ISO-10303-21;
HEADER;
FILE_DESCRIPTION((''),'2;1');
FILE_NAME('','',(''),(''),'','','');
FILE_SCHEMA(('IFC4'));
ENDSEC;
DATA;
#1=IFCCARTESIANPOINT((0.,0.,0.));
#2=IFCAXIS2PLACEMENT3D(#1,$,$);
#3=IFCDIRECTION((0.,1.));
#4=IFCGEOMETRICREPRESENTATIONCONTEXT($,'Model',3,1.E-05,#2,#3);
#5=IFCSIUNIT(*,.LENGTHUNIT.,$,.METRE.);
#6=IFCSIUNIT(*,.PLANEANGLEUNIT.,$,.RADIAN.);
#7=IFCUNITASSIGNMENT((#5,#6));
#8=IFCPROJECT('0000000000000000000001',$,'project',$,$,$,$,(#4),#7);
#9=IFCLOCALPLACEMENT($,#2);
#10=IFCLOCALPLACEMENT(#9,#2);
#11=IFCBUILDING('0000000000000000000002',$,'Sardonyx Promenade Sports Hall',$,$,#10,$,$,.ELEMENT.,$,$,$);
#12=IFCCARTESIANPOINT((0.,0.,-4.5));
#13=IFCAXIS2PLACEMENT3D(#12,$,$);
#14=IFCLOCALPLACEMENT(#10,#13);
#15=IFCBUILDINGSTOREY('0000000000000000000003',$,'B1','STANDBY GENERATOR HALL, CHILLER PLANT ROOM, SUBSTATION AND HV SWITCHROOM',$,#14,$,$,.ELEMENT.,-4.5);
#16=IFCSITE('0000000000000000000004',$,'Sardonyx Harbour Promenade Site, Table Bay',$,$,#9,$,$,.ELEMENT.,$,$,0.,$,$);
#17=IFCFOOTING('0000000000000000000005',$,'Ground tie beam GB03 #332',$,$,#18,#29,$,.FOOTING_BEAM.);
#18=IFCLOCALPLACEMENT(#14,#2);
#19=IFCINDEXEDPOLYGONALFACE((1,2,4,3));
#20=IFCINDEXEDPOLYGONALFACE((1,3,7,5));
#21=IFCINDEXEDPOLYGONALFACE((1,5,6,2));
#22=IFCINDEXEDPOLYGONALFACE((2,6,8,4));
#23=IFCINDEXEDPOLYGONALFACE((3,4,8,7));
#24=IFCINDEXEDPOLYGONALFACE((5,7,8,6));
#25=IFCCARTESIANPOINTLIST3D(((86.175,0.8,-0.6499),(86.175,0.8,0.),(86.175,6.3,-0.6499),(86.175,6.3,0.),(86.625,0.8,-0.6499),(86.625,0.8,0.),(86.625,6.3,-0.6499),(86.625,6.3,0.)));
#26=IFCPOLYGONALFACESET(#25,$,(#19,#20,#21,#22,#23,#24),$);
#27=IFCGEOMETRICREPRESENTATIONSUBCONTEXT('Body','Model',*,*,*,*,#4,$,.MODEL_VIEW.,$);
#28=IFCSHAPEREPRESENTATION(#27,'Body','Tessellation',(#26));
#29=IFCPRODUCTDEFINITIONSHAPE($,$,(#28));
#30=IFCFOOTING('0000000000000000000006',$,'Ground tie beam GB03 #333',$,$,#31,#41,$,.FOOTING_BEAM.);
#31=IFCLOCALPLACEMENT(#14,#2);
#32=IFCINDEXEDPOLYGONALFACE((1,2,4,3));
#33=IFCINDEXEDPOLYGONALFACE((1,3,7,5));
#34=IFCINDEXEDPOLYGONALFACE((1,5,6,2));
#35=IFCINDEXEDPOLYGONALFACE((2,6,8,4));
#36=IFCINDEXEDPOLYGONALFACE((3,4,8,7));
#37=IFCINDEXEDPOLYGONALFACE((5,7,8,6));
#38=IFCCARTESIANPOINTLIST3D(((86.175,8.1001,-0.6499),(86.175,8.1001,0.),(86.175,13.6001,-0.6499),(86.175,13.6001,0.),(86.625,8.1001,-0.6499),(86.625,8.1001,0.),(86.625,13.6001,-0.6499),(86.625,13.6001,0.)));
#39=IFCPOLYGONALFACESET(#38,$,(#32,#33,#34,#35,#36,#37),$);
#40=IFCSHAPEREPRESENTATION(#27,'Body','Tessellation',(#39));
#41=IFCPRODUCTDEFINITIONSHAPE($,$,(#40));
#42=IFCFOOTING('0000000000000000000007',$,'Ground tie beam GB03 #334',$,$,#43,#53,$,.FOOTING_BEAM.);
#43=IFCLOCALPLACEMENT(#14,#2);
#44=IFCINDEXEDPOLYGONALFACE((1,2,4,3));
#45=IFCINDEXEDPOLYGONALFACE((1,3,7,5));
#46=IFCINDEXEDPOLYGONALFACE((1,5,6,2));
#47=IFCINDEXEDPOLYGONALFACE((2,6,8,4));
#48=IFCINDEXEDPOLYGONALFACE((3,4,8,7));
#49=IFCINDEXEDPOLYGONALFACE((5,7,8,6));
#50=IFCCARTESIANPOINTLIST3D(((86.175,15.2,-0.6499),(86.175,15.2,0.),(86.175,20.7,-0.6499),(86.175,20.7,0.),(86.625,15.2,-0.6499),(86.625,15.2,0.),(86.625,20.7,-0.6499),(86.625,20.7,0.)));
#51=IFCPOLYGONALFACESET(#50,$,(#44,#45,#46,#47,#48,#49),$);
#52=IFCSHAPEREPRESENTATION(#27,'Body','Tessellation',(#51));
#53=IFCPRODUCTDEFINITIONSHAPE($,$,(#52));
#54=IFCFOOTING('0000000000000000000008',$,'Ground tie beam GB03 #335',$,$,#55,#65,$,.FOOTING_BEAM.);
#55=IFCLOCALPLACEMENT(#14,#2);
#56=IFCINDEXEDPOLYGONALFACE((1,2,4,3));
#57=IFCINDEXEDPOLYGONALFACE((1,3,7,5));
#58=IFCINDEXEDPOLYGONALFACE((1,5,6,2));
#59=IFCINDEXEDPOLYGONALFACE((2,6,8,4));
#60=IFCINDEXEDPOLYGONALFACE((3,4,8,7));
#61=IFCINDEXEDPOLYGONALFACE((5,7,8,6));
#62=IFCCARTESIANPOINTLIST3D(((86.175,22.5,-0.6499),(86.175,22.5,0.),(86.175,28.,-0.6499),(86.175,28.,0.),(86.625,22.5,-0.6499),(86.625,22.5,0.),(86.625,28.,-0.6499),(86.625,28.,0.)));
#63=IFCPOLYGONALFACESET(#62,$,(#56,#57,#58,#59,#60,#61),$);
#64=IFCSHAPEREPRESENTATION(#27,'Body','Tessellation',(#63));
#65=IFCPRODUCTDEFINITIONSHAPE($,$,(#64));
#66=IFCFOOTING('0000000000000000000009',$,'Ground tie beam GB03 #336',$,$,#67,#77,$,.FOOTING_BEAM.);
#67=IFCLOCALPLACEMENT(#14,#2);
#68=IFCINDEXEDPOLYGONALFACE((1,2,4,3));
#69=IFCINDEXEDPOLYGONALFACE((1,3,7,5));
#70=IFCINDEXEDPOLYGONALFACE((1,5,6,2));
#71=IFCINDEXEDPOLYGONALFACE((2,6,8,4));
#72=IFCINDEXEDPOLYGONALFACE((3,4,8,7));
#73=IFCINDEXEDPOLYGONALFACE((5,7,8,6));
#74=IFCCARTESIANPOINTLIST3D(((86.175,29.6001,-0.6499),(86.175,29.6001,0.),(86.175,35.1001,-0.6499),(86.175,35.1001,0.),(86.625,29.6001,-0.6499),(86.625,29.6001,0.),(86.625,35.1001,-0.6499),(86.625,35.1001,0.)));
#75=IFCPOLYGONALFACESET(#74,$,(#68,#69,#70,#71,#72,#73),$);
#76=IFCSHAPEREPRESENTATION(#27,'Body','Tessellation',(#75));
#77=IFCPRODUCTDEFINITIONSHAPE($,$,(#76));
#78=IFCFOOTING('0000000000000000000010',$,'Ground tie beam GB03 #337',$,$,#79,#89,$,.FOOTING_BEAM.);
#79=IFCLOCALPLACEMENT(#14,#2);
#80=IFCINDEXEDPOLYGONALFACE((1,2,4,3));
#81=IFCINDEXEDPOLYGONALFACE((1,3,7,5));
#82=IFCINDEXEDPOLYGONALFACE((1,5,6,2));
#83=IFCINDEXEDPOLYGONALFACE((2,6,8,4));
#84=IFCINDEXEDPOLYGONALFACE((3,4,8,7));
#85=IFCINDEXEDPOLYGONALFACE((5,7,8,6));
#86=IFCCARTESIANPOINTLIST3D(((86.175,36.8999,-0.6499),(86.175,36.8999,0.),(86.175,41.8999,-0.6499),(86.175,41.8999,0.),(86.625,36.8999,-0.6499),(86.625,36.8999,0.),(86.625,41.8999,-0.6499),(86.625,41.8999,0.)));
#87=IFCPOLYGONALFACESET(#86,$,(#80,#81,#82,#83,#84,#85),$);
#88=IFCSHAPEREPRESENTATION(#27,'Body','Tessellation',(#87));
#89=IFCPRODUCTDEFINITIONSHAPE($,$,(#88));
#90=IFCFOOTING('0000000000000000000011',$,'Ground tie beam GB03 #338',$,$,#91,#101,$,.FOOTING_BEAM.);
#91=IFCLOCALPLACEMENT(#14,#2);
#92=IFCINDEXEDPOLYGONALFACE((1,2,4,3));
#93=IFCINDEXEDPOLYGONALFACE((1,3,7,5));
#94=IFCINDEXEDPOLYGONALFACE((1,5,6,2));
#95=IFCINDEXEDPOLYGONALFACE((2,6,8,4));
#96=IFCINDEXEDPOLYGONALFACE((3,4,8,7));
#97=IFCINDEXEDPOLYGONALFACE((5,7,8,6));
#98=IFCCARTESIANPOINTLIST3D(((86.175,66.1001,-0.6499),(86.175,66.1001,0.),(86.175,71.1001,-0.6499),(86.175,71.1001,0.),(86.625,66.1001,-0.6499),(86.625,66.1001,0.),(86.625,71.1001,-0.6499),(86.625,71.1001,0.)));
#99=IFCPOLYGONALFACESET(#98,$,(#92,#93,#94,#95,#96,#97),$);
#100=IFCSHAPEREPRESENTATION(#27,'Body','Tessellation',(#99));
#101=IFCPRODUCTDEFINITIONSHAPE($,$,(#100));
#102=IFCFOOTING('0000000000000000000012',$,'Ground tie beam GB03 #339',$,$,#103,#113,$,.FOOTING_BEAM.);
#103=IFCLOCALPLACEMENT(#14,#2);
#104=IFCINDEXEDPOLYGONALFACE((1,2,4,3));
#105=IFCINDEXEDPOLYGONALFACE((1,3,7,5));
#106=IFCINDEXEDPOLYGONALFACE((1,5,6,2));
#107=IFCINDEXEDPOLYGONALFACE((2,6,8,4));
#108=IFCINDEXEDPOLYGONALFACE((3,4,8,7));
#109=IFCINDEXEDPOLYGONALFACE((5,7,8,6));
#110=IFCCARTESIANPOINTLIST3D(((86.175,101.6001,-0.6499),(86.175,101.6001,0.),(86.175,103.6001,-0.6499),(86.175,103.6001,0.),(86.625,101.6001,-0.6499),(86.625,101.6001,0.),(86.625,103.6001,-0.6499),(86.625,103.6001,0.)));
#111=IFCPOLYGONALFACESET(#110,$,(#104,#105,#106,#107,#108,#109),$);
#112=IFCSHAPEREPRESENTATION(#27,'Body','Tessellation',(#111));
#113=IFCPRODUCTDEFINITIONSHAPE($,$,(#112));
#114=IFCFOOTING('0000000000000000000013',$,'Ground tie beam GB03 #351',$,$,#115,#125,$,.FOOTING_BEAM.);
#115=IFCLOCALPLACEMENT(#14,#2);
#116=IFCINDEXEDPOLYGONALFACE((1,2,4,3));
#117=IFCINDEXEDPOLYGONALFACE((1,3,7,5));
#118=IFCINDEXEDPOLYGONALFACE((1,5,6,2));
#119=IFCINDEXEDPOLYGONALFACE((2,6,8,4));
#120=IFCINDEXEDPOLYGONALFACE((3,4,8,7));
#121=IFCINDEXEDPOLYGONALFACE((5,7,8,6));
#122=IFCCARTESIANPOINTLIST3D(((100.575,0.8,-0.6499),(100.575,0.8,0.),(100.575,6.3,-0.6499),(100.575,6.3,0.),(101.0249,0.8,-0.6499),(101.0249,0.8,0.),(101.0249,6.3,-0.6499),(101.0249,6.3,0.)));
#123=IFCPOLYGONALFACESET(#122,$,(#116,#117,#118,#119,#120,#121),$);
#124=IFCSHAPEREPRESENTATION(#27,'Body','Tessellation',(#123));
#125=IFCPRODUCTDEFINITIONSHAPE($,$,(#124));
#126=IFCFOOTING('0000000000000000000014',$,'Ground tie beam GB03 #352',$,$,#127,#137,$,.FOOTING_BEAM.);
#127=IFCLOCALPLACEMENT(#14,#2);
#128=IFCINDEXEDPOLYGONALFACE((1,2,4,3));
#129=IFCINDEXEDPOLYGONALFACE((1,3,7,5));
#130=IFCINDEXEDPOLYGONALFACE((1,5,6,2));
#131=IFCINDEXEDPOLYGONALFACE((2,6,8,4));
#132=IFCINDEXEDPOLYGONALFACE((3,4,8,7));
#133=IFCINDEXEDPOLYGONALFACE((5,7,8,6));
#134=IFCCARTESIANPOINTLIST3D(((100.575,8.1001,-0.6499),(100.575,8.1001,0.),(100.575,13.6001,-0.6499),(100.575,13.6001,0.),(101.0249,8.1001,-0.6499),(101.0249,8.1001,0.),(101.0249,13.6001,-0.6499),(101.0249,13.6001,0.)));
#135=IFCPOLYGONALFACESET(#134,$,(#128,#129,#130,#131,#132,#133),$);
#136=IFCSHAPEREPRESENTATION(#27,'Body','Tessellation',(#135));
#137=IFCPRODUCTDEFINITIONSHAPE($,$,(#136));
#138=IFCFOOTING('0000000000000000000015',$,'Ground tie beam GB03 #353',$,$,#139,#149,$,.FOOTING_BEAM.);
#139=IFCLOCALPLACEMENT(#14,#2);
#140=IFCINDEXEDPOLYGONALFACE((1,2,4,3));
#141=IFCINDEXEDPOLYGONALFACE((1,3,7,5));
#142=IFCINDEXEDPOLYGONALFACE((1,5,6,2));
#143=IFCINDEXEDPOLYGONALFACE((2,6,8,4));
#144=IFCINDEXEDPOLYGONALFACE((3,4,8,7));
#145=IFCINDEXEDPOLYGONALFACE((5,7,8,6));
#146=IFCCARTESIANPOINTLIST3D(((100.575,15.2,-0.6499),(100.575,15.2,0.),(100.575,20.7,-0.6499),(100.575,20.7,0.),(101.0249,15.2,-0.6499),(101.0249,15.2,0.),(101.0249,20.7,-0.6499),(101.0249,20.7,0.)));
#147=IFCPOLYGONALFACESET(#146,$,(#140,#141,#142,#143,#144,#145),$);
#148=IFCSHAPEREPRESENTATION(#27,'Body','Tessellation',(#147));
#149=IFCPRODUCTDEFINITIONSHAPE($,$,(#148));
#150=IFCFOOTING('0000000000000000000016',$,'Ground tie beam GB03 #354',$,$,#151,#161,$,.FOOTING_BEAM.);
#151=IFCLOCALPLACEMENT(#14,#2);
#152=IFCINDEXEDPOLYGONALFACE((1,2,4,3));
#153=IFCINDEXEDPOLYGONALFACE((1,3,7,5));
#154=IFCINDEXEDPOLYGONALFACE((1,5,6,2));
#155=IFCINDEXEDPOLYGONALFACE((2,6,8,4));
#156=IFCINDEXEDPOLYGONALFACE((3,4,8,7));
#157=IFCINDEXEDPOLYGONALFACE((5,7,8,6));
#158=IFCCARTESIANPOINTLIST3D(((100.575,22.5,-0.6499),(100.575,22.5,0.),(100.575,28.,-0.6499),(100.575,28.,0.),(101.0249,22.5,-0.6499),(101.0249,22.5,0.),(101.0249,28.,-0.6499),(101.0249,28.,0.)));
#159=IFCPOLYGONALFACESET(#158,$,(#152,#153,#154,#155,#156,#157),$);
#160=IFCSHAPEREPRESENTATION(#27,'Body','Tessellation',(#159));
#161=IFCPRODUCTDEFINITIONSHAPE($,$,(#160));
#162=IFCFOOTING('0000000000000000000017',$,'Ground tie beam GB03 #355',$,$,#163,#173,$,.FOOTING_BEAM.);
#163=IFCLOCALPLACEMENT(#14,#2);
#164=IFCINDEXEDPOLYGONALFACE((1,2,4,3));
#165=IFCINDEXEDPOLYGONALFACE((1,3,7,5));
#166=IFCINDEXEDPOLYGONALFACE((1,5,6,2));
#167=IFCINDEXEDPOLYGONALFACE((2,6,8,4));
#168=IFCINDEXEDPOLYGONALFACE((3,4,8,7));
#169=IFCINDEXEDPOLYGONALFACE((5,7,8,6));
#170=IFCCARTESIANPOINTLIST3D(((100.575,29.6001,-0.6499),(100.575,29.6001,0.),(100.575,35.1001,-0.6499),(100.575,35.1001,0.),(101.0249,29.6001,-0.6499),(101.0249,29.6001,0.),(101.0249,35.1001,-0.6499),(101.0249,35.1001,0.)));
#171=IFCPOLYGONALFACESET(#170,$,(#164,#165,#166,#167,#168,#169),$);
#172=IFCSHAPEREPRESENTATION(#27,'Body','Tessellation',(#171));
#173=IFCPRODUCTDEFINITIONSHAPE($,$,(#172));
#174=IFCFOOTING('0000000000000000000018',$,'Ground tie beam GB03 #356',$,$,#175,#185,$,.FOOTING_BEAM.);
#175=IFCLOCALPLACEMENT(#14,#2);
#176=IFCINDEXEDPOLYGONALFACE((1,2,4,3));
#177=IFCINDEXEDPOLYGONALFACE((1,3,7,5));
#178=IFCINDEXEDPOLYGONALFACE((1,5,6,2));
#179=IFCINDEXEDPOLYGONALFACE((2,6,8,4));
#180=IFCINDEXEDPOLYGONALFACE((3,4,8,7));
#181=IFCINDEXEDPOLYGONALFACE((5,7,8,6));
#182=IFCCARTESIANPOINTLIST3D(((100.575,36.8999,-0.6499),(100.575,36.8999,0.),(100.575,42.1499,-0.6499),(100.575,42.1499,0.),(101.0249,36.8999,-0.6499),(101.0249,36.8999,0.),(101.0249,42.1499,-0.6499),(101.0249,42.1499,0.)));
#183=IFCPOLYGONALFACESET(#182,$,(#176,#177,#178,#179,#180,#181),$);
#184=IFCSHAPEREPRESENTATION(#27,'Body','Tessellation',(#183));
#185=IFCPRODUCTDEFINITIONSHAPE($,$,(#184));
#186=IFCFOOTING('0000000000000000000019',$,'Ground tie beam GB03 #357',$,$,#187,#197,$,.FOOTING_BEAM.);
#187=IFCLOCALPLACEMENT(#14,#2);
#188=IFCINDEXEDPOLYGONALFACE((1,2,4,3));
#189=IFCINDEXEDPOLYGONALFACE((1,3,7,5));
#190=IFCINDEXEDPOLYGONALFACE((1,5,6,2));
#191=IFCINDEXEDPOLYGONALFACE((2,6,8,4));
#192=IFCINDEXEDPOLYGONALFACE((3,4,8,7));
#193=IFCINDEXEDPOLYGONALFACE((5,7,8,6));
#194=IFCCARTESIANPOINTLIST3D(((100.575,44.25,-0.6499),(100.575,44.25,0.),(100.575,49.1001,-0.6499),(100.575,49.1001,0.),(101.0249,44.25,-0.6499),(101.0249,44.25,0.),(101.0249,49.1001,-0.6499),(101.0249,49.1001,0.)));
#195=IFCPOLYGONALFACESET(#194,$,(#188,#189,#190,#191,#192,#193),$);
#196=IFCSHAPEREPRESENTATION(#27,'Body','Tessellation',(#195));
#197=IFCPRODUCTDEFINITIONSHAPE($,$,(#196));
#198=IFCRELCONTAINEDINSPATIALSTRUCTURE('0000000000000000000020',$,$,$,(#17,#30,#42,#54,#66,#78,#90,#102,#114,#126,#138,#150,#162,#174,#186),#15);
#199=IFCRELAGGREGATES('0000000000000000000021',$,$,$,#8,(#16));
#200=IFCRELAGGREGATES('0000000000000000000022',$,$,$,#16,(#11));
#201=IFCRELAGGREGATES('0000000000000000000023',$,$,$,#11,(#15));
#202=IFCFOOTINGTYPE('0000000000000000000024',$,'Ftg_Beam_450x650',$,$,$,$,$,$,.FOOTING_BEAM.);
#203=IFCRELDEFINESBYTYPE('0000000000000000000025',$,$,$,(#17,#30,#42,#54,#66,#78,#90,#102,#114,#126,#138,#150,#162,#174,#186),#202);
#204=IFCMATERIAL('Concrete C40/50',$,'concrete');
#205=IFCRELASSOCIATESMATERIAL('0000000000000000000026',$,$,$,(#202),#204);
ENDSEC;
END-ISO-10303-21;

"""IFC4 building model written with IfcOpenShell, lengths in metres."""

from ifc_helpers import new_model, si_unit, direction, frame, origin, place, context, subcontext, project, spatial, polyline, outline, extrude, material, type_object, element, save


model = new_model("IFC4")

# Units and contexts
model_context = context("Model", 3, precision=1e-05, world=origin(), true_north=direction((0.0, 1.0)))
body_context = subcontext(model_context, "Body", "Model", "MODEL_VIEW")
ifc_project = project(units=[si_unit("LENGTHUNIT", "METRE"), si_unit("PLANEANGLEUNIT", "RADIAN")], contexts=[model_context])

# Site, building, storey
site_placement = place(None, origin())
site = spatial("IfcSite", under=ifc_project, at=site_placement, Name="Sardonyx Harbour Promenade Site, Table Bay", CompositionType="ELEMENT", RefElevation=0.0)
building_placement = place(site_placement, origin())
building = spatial("IfcBuilding", under=site, at=building_placement, Name="Sardonyx Promenade Sports Hall", CompositionType="ELEMENT")
storey_placement = place(building_placement, frame((0.0, 0.0, -4.5)))
storey = spatial("IfcBuildingStorey", under=building, at=storey_placement, Name="B1", Description="STANDBY GENERATOR HALL, CHILLER PLANT ROOM, SUBSTATION AND HV SWITCHROOM", CompositionType="ELEMENT", Elevation=-4.5)

# Footings
ifc_material_1 = material(Name="Concrete C40/50", Category="concrete")
footing_type_1 = type_object("IfcFootingType", Name="Ftg_Beam_450x650", PredefinedType="FOOTING_BEAM", material=ifc_material_1)
footing_1_placement = place(storey_placement, frame((0.0, 0.0, -0.6499)))
element("IfcFooting", 1, at=footing_1_placement, inside=storey, type_object=footing_type_1, Name="Ground tie beam GB03 #332", PredefinedType="FOOTING_BEAM", context=body_context, shape_type="SweptSolid", body=[
    extrude(outline(polyline([(86.175, 0.8), (86.625, 0.8), (86.625, 6.3), (86.175, 6.3), (86.175, 0.8)])), origin(), (0.0, 0.0, 1.0), 0.6499),
])
footing_2_placement = place(storey_placement, frame((0.0, 0.0, -0.6499)))
element("IfcFooting", 2, at=footing_2_placement, inside=storey, type_object=footing_type_1, Name="Ground tie beam GB03 #333", PredefinedType="FOOTING_BEAM", context=body_context, shape_type="SweptSolid", body=[
    extrude(outline(polyline([(86.175, 8.1001), (86.625, 8.1001), (86.625, 13.6001), (86.175, 13.6001), (86.175, 8.1001)])), origin(), (0.0, 0.0, 1.0), 0.6499),
])
footing_3_placement = place(storey_placement, frame((0.0, 0.0, -0.6499)))
element("IfcFooting", 3, at=footing_3_placement, inside=storey, type_object=footing_type_1, Name="Ground tie beam GB03 #334", PredefinedType="FOOTING_BEAM", context=body_context, shape_type="SweptSolid", body=[
    extrude(outline(polyline([(86.175, 15.2), (86.625, 15.2), (86.625, 20.7), (86.175, 20.7), (86.175, 15.2)])), origin(), (0.0, 0.0, 1.0), 0.6499),
])
footing_4_placement = place(storey_placement, frame((0.0, 0.0, -0.6499)))
element("IfcFooting", 4, at=footing_4_placement, inside=storey, type_object=footing_type_1, Name="Ground tie beam GB03 #335", PredefinedType="FOOTING_BEAM", context=body_context, shape_type="SweptSolid", body=[
    extrude(outline(polyline([(86.175, 22.5), (86.625, 22.5), (86.625, 28.0), (86.175, 28.0), (86.175, 22.5)])), origin(), (0.0, 0.0, 1.0), 0.6499),
])
footing_5_placement = place(storey_placement, frame((0.0, 0.0, -0.6499)))
element("IfcFooting", 5, at=footing_5_placement, inside=storey, type_object=footing_type_1, Name="Ground tie beam GB03 #336", PredefinedType="FOOTING_BEAM", context=body_context, shape_type="SweptSolid", body=[
    extrude(outline(polyline([(86.175, 29.6001), (86.625, 29.6001), (86.625, 35.1001), (86.175, 35.1001), (86.175, 29.6001)])), origin(), (0.0, 0.0, 1.0), 0.6499),
])
footing_6_placement = place(storey_placement, frame((0.0, 0.0, -0.6499)))
element("IfcFooting", 6, at=footing_6_placement, inside=storey, type_object=footing_type_1, Name="Ground tie beam GB03 #337", PredefinedType="FOOTING_BEAM", context=body_context, shape_type="SweptSolid", body=[
    extrude(outline(polyline([(86.175, 36.8999), (86.625, 36.8999), (86.625, 41.8999), (86.175, 41.8999), (86.175, 36.8999)])), origin(), (0.0, 0.0, 1.0), 0.6499),
])
footing_7_placement = place(storey_placement, frame((0.0, 0.0, -0.6499)))
element("IfcFooting", 7, at=footing_7_placement, inside=storey, type_object=footing_type_1, Name="Ground tie beam GB03 #338", PredefinedType="FOOTING_BEAM", context=body_context, shape_type="SweptSolid", body=[
    extrude(outline(polyline([(86.175, 66.1001), (86.625, 66.1001), (86.625, 71.1001), (86.175, 71.1001), (86.175, 66.1001)])), origin(), (0.0, 0.0, 1.0), 0.6499),
])
footing_8_placement = place(storey_placement, frame((0.0, 0.0, -0.6499)))
element("IfcFooting", 8, at=footing_8_placement, inside=storey, type_object=footing_type_1, Name="Ground tie beam GB03 #339", PredefinedType="FOOTING_BEAM", context=body_context, shape_type="SweptSolid", body=[
    extrude(outline(polyline([(86.175, 101.6001), (86.625, 101.6001), (86.625, 103.6001), (86.175, 103.6001), (86.175, 101.6001)])), origin(), (0.0, 0.0, 1.0), 0.6499),
])
footing_9_placement = place(storey_placement, frame((0.0, 0.0, -0.6499)))
element("IfcFooting", 9, at=footing_9_placement, inside=storey, type_object=footing_type_1, Name="Ground tie beam GB03 #351", PredefinedType="FOOTING_BEAM", context=body_context, shape_type="SweptSolid", body=[
    extrude(outline(polyline([(100.575, 0.8), (101.0249, 0.8), (101.0249, 6.3), (100.575, 6.3), (100.575, 0.8)])), origin(), (0.0, 0.0, 1.0), 0.6499),
])
footing_10_placement = place(storey_placement, frame((0.0, 0.0, -0.6499)))
element("IfcFooting", 10, at=footing_10_placement, inside=storey, type_object=footing_type_1, Name="Ground tie beam GB03 #352", PredefinedType="FOOTING_BEAM", context=body_context, shape_type="SweptSolid", body=[
    extrude(outline(polyline([(100.575, 8.1001), (101.0249, 8.1001), (101.0249, 13.6001), (100.575, 13.6001), (100.575, 8.1001)])), origin(), (0.0, 0.0, 1.0), 0.6499),
])
footing_11_placement = place(storey_placement, frame((0.0, 0.0, -0.6499)))
element("IfcFooting", 11, at=footing_11_placement, inside=storey, type_object=footing_type_1, Name="Ground tie beam GB03 #353", PredefinedType="FOOTING_BEAM", context=body_context, shape_type="SweptSolid", body=[
    extrude(outline(polyline([(100.575, 15.2), (101.0249, 15.2), (101.0249, 20.7), (100.575, 20.7), (100.575, 15.2)])), origin(), (0.0, 0.0, 1.0), 0.6499),
])
footing_12_placement = place(storey_placement, frame((0.0, 0.0, -0.6499)))
element("IfcFooting", 12, at=footing_12_placement, inside=storey, type_object=footing_type_1, Name="Ground tie beam GB03 #354", PredefinedType="FOOTING_BEAM", context=body_context, shape_type="SweptSolid", body=[
    extrude(outline(polyline([(100.575, 22.5), (101.0249, 22.5), (101.0249, 28.0), (100.575, 28.0), (100.575, 22.5)])), origin(), (0.0, 0.0, 1.0), 0.6499),
])
footing_13_placement = place(storey_placement, frame((0.0, 0.0, -0.6499)))
element("IfcFooting", 13, at=footing_13_placement, inside=storey, type_object=footing_type_1, Name="Ground tie beam GB03 #355", PredefinedType="FOOTING_BEAM", context=body_context, shape_type="SweptSolid", body=[
    extrude(outline(polyline([(100.575, 29.6001), (101.0249, 29.6001), (101.0249, 35.1001), (100.575, 35.1001), (100.575, 29.6001)])), origin(), (0.0, 0.0, 1.0), 0.6499),
])
footing_14_placement = place(storey_placement, frame((0.0, 0.0, -0.6499)))
element("IfcFooting", 14, at=footing_14_placement, inside=storey, type_object=footing_type_1, Name="Ground tie beam GB03 #356", PredefinedType="FOOTING_BEAM", context=body_context, shape_type="SweptSolid", body=[
    extrude(outline(polyline([(100.575, 36.8999), (101.0249, 36.8999), (101.0249, 42.1499), (100.575, 42.1499), (100.575, 36.8999)])), origin(), (0.0, 0.0, 1.0), 0.6499),
])
footing_15_placement = place(storey_placement, frame((0.0, 0.0, -0.6499)))
element("IfcFooting", 15, at=footing_15_placement, inside=storey, type_object=footing_type_1, Name="Ground tie beam GB03 #357", PredefinedType="FOOTING_BEAM", context=body_context, shape_type="SweptSolid", body=[
    extrude(outline(polyline([(100.575, 44.25), (101.0249, 44.25), (101.0249, 49.1001), (100.575, 49.1001), (100.575, 44.25)])), origin(), (0.0, 0.0, 1.0), 0.6499),
])

save(model, "model.ifc")
